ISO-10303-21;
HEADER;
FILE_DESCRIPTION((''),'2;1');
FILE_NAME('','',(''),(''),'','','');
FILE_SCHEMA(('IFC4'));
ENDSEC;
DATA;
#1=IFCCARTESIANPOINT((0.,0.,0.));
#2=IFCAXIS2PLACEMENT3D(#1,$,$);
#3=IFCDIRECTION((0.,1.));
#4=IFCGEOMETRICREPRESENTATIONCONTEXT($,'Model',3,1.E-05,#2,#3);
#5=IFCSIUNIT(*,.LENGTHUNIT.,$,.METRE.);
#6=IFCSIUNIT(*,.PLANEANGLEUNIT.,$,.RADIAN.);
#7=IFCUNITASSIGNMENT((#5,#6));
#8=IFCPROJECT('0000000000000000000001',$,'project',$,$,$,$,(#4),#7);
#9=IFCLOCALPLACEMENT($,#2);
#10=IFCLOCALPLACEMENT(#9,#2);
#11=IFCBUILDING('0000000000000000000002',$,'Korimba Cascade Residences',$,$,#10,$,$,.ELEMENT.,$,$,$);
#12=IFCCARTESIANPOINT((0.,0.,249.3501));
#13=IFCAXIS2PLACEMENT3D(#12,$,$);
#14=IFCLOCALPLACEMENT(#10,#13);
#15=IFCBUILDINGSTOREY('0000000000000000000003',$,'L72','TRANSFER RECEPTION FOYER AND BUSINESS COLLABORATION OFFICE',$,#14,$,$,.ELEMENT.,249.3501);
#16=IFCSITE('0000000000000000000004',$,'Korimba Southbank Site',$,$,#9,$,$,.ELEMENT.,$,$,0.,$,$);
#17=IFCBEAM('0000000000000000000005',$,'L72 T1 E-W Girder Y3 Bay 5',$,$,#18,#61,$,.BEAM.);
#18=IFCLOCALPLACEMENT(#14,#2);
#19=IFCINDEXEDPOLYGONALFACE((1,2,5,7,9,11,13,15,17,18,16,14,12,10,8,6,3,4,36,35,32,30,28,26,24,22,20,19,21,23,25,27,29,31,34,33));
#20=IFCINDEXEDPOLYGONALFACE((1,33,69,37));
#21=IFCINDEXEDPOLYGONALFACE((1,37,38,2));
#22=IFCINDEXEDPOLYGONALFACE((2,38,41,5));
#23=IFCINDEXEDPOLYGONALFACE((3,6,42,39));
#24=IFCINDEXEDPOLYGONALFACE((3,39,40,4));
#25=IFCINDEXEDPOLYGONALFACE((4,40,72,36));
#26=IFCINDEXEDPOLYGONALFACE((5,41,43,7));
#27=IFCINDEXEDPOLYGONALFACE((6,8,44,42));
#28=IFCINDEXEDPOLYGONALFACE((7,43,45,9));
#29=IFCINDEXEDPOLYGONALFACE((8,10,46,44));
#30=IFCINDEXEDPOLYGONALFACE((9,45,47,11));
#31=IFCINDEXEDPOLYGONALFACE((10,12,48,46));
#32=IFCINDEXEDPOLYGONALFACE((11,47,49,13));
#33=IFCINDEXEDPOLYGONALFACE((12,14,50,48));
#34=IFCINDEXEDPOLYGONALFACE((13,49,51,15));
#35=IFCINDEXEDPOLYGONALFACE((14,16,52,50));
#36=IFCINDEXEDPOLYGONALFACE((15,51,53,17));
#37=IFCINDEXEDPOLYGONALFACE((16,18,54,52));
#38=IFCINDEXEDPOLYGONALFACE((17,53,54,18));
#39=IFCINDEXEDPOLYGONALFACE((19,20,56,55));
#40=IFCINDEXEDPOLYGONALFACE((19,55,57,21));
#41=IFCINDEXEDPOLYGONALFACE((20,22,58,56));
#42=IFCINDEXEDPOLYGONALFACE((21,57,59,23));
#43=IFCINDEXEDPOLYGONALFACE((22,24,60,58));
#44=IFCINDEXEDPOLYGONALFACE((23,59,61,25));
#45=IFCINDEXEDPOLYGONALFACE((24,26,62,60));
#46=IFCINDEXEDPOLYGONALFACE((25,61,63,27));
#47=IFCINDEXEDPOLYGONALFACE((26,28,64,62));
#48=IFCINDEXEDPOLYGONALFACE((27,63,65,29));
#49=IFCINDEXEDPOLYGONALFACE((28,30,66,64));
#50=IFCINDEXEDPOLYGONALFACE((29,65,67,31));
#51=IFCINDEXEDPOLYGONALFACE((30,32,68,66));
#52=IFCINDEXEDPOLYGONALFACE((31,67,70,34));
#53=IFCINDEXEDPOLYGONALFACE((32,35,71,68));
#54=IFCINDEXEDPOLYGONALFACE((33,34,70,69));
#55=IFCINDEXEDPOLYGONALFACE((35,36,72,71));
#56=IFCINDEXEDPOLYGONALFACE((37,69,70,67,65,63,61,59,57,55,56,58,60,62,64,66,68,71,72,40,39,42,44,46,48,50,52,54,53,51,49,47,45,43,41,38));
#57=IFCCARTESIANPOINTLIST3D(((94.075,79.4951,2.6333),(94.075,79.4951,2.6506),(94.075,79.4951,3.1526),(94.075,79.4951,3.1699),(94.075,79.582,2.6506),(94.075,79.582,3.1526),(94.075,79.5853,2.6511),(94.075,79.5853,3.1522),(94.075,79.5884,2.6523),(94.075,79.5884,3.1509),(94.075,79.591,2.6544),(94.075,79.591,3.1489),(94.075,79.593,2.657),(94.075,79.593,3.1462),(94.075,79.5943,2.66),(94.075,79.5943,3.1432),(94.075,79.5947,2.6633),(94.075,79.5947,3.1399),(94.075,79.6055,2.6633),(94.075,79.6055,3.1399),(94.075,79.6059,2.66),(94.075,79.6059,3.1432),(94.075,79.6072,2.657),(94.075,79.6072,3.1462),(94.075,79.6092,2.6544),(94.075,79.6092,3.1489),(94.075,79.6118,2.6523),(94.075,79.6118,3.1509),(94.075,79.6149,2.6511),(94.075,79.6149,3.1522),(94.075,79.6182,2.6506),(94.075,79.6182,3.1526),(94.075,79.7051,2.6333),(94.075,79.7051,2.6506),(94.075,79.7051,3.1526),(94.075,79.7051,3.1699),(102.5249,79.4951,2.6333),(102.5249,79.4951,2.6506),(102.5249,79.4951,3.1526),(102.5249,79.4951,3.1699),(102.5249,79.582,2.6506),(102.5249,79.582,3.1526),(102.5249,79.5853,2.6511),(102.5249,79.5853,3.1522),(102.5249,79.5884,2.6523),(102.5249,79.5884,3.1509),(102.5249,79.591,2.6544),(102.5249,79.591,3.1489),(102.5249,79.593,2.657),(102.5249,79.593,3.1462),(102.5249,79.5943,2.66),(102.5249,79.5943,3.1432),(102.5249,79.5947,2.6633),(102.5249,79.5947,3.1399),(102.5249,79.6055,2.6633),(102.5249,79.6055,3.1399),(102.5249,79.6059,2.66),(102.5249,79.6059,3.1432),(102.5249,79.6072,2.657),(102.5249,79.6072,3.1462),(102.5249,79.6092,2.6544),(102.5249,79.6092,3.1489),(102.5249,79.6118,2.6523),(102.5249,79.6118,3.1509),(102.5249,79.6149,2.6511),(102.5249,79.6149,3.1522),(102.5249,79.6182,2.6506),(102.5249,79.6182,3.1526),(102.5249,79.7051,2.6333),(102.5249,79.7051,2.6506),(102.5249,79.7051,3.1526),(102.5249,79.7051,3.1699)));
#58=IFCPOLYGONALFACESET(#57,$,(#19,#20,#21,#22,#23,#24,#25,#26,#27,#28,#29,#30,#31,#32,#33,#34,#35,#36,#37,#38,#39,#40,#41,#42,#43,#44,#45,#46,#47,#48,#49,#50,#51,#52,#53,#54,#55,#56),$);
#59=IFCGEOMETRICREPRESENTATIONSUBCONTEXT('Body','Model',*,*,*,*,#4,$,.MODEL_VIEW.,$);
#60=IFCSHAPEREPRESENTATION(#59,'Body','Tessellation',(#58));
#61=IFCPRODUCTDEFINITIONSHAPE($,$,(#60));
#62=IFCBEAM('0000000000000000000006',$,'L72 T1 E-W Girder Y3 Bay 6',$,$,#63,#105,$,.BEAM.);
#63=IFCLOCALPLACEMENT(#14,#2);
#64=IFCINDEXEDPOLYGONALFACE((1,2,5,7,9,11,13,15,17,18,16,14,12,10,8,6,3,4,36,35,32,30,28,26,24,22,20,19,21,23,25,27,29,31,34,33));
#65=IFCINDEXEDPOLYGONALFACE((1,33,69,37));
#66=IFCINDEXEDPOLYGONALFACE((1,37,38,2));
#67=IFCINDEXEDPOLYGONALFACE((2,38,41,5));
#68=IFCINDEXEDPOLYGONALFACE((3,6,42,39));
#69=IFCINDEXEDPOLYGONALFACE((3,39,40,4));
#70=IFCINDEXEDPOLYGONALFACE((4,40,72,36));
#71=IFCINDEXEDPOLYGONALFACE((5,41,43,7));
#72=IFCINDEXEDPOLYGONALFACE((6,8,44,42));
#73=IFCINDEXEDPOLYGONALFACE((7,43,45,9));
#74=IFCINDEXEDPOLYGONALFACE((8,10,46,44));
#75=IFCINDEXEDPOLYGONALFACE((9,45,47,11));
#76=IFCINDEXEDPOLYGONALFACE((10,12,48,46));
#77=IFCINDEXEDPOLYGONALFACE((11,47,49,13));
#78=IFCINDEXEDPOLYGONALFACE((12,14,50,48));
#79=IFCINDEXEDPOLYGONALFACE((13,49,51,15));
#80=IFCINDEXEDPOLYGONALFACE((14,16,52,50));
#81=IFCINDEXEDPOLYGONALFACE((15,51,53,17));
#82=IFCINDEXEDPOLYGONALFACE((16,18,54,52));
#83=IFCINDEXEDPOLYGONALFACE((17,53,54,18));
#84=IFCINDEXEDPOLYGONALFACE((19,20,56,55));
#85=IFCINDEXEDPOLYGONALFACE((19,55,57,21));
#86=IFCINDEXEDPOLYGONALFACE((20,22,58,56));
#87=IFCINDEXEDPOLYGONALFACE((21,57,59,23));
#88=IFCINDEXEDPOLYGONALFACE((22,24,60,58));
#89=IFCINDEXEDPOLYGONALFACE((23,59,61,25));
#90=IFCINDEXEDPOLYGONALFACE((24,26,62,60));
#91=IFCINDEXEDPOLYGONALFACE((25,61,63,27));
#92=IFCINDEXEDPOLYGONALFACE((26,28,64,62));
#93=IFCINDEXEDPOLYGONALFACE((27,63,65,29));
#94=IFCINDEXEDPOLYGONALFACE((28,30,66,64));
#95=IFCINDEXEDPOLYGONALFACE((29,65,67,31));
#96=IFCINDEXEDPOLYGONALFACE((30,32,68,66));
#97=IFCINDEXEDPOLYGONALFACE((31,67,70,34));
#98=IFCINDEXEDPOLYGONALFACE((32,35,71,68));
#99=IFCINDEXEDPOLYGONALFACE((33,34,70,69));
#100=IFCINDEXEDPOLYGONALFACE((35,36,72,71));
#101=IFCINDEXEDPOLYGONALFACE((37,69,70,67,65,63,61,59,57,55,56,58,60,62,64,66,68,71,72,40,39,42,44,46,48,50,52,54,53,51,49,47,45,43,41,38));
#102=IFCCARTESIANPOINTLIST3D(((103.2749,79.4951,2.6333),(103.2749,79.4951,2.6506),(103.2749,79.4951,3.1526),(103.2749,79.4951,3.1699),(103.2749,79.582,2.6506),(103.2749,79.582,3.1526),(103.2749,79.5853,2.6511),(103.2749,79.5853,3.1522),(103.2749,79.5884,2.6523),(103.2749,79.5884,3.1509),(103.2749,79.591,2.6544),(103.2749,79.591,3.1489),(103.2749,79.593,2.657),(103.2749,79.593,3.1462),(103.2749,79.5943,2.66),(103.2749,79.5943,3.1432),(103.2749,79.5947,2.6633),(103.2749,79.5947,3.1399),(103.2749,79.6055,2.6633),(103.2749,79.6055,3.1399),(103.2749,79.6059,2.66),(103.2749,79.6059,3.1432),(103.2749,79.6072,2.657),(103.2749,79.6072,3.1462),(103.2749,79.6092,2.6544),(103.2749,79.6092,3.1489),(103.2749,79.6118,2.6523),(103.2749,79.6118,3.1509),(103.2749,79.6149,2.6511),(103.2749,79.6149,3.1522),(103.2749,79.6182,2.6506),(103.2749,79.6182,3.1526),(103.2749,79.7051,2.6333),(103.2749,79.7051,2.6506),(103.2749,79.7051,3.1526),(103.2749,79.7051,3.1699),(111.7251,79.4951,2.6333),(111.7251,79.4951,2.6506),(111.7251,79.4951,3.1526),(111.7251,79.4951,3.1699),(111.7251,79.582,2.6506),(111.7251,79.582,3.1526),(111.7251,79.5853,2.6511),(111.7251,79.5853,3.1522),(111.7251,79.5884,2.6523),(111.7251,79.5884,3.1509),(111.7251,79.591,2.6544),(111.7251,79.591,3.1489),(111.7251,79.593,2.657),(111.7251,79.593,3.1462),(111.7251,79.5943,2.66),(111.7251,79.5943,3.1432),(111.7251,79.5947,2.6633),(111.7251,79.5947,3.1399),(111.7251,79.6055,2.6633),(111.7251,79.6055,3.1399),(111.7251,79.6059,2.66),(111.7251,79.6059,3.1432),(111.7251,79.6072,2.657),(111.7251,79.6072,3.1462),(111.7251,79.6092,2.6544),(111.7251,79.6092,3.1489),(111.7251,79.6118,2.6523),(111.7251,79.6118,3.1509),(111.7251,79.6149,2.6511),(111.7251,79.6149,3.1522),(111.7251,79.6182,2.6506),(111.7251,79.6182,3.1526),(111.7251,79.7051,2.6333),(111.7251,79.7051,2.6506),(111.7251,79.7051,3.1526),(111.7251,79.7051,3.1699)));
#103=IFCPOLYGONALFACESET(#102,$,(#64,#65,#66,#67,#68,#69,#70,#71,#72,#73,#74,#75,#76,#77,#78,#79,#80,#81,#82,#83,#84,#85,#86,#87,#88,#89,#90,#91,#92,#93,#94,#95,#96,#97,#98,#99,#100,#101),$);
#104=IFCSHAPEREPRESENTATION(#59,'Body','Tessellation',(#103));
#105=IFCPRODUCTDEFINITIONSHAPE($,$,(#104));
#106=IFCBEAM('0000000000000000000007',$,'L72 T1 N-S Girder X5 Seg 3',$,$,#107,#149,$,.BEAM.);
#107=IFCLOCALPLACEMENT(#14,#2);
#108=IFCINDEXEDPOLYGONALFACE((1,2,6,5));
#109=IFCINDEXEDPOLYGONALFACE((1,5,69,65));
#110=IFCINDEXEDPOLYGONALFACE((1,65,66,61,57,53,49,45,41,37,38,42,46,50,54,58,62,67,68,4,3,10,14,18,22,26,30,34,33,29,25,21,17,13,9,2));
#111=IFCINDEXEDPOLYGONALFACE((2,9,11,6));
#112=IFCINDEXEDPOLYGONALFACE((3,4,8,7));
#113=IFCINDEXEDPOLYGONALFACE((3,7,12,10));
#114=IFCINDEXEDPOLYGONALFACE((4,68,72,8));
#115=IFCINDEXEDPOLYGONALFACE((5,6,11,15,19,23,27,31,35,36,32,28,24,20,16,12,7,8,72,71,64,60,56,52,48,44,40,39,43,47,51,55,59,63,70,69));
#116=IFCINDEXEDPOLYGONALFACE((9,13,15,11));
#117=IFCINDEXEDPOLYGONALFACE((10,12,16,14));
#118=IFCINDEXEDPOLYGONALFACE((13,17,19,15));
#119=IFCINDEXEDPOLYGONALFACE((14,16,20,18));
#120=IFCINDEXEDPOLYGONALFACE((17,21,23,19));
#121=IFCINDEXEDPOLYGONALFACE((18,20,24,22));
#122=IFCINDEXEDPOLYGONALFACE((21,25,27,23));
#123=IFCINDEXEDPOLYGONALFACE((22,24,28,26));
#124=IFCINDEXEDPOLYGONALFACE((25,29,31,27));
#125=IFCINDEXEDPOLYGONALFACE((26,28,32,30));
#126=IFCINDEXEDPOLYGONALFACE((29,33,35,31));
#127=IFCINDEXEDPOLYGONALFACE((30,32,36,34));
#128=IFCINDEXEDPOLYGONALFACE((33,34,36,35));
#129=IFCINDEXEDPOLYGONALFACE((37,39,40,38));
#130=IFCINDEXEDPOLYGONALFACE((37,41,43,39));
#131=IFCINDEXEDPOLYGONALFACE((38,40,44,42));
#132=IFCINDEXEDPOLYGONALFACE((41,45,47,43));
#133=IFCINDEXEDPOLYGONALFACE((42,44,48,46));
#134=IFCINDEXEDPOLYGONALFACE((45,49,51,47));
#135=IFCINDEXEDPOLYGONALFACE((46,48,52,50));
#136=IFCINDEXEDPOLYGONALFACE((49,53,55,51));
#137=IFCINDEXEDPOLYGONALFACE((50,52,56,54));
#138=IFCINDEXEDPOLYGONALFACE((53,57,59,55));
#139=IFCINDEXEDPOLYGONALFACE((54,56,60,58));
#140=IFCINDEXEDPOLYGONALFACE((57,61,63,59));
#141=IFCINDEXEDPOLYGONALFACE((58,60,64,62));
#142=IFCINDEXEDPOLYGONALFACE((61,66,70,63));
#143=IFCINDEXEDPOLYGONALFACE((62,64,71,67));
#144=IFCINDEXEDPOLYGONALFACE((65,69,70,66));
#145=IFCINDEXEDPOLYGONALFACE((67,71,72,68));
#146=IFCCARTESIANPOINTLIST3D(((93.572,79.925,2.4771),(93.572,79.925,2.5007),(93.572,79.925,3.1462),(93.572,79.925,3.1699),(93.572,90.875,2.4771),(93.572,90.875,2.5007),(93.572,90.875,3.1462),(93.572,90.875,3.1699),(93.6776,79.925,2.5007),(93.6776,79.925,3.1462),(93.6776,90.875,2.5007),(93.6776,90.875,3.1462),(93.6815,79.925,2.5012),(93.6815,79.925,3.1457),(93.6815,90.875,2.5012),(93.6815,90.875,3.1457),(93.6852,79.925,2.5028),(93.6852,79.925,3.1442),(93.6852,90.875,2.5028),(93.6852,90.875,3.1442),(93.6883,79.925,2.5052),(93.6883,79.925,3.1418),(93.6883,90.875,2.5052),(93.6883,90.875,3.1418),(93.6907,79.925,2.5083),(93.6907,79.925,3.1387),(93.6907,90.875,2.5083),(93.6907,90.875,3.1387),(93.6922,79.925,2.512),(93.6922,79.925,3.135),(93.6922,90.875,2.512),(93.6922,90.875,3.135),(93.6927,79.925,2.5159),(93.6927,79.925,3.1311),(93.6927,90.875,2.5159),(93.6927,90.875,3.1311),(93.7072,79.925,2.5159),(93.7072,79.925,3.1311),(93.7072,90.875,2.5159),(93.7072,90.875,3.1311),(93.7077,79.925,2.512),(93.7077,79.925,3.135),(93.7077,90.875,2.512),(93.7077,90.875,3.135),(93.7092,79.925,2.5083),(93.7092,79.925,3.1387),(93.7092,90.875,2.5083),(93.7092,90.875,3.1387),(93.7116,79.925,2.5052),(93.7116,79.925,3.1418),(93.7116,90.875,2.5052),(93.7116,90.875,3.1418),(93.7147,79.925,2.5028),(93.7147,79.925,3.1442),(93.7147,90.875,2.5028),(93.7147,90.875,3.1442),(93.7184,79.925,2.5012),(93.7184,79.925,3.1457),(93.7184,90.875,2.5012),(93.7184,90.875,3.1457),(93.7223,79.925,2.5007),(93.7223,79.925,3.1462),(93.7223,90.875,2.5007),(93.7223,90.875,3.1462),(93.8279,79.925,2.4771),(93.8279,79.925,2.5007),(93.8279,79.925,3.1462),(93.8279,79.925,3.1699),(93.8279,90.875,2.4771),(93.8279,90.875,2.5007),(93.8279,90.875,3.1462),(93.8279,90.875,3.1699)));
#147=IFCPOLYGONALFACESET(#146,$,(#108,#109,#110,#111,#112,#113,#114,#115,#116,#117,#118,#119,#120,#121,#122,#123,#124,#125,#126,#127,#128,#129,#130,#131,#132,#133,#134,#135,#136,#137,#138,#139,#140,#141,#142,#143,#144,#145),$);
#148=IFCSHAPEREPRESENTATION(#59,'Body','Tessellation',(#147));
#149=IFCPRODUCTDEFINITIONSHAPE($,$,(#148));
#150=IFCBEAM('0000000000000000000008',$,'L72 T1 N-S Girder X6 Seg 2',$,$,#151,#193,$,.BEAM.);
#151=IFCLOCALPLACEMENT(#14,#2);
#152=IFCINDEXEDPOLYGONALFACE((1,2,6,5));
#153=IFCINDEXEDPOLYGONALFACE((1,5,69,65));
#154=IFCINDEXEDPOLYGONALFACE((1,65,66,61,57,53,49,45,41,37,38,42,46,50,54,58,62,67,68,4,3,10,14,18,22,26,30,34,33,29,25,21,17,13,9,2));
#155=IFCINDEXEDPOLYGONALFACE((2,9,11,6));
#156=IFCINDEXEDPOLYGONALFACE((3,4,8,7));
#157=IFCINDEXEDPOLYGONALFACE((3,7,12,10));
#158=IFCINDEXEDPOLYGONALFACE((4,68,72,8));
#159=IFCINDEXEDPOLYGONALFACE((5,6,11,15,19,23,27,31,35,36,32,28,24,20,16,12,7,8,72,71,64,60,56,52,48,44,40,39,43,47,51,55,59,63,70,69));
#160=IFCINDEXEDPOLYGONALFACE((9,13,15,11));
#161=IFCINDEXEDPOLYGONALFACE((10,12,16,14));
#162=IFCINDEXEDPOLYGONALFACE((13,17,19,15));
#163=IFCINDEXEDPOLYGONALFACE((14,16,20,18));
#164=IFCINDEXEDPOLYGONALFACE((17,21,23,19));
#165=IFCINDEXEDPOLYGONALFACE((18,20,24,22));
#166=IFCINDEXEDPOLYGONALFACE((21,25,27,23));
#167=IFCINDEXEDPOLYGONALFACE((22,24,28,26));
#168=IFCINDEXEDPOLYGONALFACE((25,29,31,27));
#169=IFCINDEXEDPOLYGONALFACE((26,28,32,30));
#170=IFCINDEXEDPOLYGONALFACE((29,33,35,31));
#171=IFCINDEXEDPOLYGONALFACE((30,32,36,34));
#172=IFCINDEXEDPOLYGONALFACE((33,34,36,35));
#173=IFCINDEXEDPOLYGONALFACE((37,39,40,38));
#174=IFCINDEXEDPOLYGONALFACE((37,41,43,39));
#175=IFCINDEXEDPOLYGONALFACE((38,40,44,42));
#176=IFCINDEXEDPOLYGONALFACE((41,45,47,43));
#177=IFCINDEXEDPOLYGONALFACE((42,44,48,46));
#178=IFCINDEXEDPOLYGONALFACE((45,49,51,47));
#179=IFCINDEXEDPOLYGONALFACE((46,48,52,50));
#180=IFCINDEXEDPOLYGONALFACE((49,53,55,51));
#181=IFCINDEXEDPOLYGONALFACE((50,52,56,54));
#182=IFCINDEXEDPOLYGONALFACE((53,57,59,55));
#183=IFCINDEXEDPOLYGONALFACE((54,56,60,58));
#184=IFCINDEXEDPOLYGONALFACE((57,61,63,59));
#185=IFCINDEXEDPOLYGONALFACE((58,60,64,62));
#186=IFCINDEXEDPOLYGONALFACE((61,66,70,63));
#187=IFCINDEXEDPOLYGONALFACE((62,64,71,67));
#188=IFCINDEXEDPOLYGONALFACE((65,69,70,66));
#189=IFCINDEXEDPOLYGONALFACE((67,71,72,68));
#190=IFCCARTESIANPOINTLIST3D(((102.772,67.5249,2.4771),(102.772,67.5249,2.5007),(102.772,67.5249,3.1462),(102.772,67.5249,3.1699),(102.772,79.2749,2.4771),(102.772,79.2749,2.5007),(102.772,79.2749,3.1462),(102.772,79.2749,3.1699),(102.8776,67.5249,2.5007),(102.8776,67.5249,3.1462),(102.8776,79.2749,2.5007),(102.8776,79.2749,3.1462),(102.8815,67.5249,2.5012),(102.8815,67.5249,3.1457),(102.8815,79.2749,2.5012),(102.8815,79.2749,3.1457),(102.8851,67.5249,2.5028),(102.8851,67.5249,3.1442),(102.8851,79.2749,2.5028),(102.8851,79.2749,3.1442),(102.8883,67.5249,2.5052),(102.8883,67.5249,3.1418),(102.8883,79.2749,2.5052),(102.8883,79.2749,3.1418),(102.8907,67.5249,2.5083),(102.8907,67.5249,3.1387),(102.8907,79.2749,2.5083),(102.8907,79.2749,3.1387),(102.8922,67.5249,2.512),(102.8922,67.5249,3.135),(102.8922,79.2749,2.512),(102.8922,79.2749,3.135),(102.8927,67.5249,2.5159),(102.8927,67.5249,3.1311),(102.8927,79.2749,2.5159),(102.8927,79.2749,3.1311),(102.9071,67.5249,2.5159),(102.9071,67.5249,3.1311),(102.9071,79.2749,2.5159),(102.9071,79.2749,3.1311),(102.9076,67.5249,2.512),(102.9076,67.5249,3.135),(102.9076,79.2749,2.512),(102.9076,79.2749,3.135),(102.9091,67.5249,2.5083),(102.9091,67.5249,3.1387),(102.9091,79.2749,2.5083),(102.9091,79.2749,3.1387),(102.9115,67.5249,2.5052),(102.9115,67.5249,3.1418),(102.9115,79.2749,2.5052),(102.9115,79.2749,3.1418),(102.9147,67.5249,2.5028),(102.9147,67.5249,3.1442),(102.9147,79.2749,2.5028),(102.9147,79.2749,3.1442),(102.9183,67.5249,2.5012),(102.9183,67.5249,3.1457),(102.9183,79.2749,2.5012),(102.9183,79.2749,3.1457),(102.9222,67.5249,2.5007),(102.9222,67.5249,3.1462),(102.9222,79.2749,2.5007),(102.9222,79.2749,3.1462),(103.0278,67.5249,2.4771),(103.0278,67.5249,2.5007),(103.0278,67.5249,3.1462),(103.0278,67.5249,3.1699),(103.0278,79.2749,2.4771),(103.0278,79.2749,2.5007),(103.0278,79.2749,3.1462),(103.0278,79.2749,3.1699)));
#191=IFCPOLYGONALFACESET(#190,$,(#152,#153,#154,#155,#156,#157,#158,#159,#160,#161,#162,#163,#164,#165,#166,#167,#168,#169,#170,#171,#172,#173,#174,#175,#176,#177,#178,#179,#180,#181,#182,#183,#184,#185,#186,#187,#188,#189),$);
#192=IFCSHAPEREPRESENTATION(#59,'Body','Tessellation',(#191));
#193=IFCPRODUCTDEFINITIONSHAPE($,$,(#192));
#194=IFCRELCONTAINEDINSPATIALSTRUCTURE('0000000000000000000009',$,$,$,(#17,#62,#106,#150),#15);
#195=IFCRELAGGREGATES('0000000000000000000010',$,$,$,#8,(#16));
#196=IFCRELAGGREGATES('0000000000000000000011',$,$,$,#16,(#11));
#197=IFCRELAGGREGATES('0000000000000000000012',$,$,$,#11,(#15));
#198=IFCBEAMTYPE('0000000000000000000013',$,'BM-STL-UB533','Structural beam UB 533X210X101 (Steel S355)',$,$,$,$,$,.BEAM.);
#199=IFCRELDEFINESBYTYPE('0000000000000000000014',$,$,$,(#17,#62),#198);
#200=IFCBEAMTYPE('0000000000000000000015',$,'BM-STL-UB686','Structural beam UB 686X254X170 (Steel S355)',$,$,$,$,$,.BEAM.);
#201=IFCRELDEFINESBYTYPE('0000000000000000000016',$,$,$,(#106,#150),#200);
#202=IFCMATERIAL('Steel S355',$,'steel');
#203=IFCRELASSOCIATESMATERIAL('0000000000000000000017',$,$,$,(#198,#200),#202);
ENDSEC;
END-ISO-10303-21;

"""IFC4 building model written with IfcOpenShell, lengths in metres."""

from ifc_helpers import new_model, si_unit, direction, frame, origin, origin_2d, place, context, subcontext, project, spatial, i_section, extrude, material, material_profile, profile_set, type_object, element, save


model = new_model("IFC4")

# Units and contexts
model_context = context("Model", 3, precision=1e-05, world=origin(), true_north=direction((0.0, 1.0)))
body_context = subcontext(model_context, "Body", "Model", "MODEL_VIEW")
ifc_project = project(units=[si_unit("LENGTHUNIT", "METRE"), si_unit("PLANEANGLEUNIT", "RADIAN")], contexts=[model_context])

# Site, building, storey
site_placement = place(None, origin())
site = spatial("IfcSite", under=ifc_project, at=site_placement, Name="Korimba Southbank Site", CompositionType="ELEMENT", RefElevation=0.0)
building_placement = place(site_placement, origin())
building = spatial("IfcBuilding", under=site, at=building_placement, Name="Korimba Cascade Residences", CompositionType="ELEMENT")
storey_placement = place(building_placement, frame((0.0, 0.0, 249.3501)))
storey = spatial("IfcBuildingStorey", under=building, at=storey_placement, Name="L72", Description="TRANSFER RECEPTION FOYER AND BUSINESS COLLABORATION OFFICE", CompositionType="ELEMENT", Elevation=249.3501)

# Beams
ifc_material_1 = material(Name="Steel S355", Category="steel")
ifc_material_profile_1 = material_profile(ifc_material_1, i_section(OverallWidth=0.21, OverallDepth=0.5366, WebThickness=0.0107, FlangeThickness=0.0173, FilletRadius=0.0127, at=origin_2d()), Name="Steel S355")
ifc_profile_set_1 = profile_set([ifc_material_profile_1], Name="Steel S355")
beam_type_1 = type_object("IfcBeamType", Name="BM-STL-UB533", Description="Structural beam UB 533X210X101 (Steel S355)", PredefinedType="BEAM", material=ifc_profile_set_1)
beam_1_placement = place(storey_placement, frame((94.075, 79.6001, 2.9016), z_axis=(1.0, 0.0, 0.0), x_axis=(0.0, 1.0, 0.0)))
element("IfcBeam", 1, at=beam_1_placement, inside=storey, type_object=beam_type_1, Name="L72 T1 E-W Girder Y3 Bay 5", PredefinedType="BEAM", context=body_context, shape_type="SweptSolid", body=[
    extrude(i_section(OverallWidth=0.21, OverallDepth=0.5366, WebThickness=0.0107, FlangeThickness=0.0173, FilletRadius=0.0127, at=origin_2d()), origin(), (0.0, 0.0, 1.0), 8.45),
])
beam_2_placement = place(storey_placement, frame((103.2749, 79.6001, 2.9016), z_axis=(1.0, 0.0, 0.0), x_axis=(0.0, 1.0, 0.0)))
element("IfcBeam", 2, at=beam_2_placement, inside=storey, type_object=beam_type_1, Name="L72 T1 E-W Girder Y3 Bay 6", PredefinedType="BEAM", context=body_context, shape_type="SweptSolid", body=[
    extrude(i_section(OverallWidth=0.21, OverallDepth=0.5366, WebThickness=0.0107, FlangeThickness=0.0173, FilletRadius=0.0127, at=origin_2d()), origin(), (0.0, 0.0, 1.0), 8.4502),
])
ifc_material_profile_2 = material_profile(ifc_material_1, i_section(OverallWidth=0.2559, OverallDepth=0.6929, WebThickness=0.0144, FlangeThickness=0.0237, FilletRadius=0.0151, at=origin_2d()), Name="Steel S355")
ifc_profile_set_2 = profile_set([ifc_material_profile_2], Name="Steel S355")
beam_type_2 = type_object("IfcBeamType", Name="BM-STL-UB686", Description="Structural beam UB 686X254X170 (Steel S355)", PredefinedType="BEAM", material=ifc_profile_set_2)
beam_3_placement = place(storey_placement, frame((93.7, 79.925, 2.8235), z_axis=(0.0, 1.0, 0.0), x_axis=(-1.0, 0.0, 0.0)))
element("IfcBeam", 3, at=beam_3_placement, inside=storey, type_object=beam_type_2, Name="L72 T1 N-S Girder X5 Seg 3", PredefinedType="BEAM", context=body_context, shape_type="SweptSolid", body=[
    extrude(i_section(OverallWidth=0.2559, OverallDepth=0.6929, WebThickness=0.0144, FlangeThickness=0.0237, FilletRadius=0.0151, at=origin_2d()), origin(), (0.0, 0.0, 1.0), 10.95),
])
beam_4_placement = place(storey_placement, frame((102.8999, 67.5249, 2.8235), z_axis=(0.0, 1.0, 0.0), x_axis=(-1.0, 0.0, 0.0)))
element("IfcBeam", 4, at=beam_4_placement, inside=storey, type_object=beam_type_2, Name="L72 T1 N-S Girder X6 Seg 2", PredefinedType="BEAM", context=body_context, shape_type="SweptSolid", body=[
    extrude(i_section(OverallWidth=0.2559, OverallDepth=0.6929, WebThickness=0.0144, FlangeThickness=0.0237, FilletRadius=0.0151, at=origin_2d()), origin(), (0.0, 0.0, 1.0), 11.75),
])

save(model, "model.ifc")
